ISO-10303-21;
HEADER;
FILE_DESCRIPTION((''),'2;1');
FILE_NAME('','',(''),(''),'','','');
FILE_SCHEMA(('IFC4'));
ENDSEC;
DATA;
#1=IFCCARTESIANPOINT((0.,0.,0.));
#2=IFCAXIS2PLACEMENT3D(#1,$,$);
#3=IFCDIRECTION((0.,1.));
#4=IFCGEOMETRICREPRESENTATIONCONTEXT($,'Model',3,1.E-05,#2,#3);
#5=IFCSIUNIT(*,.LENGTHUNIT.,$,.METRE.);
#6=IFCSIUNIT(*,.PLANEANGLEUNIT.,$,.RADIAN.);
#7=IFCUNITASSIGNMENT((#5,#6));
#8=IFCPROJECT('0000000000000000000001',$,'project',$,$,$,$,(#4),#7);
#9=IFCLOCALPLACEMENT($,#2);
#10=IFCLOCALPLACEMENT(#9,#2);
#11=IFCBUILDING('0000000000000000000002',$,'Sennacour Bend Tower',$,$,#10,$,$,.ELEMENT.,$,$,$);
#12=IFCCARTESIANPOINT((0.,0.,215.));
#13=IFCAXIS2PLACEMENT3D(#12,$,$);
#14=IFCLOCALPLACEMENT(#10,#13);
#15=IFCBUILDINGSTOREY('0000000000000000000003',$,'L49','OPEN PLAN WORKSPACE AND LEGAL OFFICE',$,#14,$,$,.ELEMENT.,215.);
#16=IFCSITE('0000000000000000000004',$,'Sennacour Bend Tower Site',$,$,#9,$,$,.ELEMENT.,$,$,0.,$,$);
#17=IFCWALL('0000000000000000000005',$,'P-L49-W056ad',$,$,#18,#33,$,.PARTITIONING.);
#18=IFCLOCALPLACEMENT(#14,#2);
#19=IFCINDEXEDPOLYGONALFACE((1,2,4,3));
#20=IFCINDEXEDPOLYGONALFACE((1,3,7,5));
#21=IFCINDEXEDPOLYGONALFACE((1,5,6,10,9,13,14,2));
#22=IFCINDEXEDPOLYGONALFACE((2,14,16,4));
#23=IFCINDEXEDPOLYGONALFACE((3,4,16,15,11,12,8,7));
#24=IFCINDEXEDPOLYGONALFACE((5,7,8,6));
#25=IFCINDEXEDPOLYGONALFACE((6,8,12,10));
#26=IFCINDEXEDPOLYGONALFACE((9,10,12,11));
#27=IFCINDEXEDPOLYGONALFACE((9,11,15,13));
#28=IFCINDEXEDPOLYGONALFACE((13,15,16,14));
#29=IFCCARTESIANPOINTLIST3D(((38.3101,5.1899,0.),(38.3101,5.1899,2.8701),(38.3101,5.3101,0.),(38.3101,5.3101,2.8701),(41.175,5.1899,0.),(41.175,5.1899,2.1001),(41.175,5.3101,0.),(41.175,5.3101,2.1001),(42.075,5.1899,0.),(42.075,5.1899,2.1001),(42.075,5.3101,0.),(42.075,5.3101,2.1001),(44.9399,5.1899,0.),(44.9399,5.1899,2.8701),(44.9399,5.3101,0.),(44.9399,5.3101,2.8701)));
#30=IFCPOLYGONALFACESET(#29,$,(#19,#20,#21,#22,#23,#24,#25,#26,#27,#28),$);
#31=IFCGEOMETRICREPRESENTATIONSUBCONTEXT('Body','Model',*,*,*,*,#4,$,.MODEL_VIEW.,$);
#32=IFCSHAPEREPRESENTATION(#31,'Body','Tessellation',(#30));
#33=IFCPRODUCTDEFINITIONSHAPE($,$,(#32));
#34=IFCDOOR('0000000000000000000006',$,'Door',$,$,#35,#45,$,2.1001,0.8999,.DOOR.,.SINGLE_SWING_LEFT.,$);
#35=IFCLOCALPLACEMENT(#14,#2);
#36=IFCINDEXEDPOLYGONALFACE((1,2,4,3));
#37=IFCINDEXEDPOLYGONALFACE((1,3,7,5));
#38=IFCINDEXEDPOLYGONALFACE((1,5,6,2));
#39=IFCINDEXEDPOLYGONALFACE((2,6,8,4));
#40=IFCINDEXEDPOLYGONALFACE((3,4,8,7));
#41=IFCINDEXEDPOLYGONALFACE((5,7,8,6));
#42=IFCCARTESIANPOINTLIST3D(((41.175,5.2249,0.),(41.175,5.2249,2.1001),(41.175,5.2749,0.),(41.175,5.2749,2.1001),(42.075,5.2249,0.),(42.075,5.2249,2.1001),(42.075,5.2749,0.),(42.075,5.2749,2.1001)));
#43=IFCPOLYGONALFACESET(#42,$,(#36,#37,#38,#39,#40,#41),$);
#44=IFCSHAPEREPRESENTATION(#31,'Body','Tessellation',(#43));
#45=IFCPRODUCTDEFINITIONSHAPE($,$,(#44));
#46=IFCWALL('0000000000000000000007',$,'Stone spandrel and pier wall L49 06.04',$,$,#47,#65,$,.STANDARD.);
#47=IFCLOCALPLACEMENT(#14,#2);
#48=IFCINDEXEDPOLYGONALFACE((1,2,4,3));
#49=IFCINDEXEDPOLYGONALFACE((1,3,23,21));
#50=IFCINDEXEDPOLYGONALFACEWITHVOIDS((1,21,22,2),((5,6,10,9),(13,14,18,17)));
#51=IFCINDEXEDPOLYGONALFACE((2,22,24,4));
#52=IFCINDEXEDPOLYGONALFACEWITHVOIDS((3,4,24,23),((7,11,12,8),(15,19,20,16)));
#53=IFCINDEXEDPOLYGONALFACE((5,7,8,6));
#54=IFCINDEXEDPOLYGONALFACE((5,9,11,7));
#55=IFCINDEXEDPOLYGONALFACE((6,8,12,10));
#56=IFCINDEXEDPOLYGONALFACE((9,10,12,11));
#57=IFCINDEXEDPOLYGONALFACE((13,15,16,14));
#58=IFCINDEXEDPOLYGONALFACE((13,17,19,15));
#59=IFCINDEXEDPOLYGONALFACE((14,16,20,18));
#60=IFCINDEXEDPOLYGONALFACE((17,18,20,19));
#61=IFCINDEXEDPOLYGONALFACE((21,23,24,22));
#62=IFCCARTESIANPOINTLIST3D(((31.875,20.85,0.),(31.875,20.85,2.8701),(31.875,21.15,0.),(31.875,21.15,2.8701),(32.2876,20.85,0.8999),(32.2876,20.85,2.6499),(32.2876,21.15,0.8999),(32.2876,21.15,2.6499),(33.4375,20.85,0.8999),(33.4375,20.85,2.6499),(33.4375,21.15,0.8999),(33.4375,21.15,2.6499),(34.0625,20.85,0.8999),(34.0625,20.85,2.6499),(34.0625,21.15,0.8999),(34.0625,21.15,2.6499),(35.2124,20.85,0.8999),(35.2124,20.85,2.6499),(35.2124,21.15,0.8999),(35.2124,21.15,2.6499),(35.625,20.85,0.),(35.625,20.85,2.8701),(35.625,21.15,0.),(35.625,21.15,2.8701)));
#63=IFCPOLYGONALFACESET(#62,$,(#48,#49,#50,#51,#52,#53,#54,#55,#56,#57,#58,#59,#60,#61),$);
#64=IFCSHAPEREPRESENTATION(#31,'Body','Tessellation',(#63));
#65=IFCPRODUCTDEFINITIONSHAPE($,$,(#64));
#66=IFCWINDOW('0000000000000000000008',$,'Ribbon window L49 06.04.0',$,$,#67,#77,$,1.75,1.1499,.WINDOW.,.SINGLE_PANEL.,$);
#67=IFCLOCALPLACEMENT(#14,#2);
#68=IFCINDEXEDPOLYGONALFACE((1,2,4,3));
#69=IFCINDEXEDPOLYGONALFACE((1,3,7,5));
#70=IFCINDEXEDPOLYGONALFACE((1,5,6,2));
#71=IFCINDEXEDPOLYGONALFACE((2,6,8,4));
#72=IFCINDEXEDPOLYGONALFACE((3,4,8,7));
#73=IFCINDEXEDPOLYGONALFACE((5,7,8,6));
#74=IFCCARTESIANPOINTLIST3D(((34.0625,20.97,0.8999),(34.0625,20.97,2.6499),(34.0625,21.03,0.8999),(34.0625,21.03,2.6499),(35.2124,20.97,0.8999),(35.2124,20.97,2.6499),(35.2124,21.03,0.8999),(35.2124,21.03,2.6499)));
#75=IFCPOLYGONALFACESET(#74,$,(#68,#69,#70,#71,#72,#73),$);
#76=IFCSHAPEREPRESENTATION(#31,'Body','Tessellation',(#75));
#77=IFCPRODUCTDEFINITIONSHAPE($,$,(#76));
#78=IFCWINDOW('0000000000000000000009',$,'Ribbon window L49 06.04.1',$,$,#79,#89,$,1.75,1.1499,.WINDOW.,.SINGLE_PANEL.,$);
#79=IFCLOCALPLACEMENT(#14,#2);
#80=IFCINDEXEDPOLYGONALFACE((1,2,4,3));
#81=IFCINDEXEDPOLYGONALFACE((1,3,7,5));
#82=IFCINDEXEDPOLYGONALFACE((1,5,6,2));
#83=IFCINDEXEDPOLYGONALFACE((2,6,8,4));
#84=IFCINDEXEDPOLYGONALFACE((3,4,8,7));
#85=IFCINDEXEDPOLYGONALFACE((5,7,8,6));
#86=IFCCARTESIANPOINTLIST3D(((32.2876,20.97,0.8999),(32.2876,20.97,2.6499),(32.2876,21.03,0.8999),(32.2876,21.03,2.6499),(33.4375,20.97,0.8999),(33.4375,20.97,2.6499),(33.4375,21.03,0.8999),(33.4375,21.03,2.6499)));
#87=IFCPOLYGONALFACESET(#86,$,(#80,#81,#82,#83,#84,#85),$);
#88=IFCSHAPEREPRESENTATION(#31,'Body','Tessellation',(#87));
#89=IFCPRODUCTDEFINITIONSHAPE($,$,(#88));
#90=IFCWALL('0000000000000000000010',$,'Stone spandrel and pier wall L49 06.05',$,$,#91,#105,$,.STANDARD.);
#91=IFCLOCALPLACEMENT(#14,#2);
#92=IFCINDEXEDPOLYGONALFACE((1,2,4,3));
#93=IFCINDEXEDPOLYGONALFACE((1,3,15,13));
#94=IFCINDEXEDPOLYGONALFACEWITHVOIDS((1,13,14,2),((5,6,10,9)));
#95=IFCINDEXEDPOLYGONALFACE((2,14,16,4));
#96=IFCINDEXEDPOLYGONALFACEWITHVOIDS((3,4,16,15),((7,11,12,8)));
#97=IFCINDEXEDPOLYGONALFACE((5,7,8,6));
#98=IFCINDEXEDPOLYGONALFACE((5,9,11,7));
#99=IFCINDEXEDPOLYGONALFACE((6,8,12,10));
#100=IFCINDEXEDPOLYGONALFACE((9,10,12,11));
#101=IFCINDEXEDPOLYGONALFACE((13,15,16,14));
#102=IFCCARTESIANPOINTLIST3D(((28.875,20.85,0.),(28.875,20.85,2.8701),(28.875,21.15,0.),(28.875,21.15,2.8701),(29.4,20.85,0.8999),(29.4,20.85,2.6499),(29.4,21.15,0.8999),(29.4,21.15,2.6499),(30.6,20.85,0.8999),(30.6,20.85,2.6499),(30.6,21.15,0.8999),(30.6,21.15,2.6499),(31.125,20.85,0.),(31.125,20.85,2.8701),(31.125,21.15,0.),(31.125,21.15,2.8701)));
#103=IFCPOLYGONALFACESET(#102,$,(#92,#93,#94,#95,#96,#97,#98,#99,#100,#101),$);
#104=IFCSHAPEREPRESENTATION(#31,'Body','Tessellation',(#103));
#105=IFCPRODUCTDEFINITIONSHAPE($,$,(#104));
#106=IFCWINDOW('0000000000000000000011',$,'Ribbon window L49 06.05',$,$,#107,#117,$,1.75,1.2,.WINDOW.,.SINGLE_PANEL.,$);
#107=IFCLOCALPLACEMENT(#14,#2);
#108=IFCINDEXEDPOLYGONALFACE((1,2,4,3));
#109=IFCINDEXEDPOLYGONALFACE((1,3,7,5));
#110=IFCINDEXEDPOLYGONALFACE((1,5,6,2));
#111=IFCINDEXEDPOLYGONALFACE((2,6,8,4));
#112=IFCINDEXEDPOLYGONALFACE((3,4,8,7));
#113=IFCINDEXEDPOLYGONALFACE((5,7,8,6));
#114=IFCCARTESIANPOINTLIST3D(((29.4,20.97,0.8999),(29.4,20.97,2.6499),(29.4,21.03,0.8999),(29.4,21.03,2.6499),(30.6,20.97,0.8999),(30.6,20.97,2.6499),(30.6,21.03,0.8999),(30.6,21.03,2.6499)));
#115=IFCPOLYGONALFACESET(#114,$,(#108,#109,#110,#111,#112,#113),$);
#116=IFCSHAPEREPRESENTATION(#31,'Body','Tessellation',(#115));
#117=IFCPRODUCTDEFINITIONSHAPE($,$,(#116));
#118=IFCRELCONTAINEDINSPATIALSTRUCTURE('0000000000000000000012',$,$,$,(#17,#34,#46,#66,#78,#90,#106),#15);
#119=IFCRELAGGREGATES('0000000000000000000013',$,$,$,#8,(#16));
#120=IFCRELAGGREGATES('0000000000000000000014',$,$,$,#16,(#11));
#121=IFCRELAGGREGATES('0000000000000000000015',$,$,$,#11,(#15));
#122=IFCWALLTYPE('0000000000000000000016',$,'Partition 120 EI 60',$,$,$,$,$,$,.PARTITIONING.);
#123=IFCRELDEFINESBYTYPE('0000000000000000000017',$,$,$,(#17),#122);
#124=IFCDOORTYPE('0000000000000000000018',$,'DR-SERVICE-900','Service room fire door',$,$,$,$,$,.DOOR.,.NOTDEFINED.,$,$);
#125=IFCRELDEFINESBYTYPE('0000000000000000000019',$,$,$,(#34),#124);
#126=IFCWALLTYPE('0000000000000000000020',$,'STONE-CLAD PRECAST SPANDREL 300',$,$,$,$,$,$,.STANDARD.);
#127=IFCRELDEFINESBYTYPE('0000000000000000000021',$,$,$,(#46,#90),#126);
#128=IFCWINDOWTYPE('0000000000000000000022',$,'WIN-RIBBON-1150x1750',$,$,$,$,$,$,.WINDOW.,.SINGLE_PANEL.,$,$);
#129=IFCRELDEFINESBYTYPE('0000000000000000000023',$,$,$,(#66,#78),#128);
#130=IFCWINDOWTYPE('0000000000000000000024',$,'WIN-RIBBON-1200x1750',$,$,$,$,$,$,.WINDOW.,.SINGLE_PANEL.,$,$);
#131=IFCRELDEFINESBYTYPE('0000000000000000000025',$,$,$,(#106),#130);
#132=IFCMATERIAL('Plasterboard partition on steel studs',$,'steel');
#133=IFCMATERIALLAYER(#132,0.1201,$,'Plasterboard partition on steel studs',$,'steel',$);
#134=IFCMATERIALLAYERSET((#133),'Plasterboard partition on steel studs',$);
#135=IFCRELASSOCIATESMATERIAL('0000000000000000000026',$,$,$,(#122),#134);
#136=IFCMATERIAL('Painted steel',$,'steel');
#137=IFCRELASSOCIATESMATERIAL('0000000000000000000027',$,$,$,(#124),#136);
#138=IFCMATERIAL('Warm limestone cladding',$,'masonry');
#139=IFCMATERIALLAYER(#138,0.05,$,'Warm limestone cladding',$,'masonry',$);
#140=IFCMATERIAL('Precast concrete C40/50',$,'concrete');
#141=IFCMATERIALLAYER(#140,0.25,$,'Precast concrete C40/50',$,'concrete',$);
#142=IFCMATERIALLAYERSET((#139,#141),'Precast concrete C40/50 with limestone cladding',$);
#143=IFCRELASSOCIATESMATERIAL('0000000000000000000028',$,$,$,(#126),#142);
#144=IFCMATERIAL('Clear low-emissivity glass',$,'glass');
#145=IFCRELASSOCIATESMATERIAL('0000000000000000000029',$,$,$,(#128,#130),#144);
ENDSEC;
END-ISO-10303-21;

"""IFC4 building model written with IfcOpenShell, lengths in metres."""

from ifc_helpers import new_model, si_unit, direction, frame, frame_2d, origin, place, context, subcontext, project, spatial, rectangle, extrude, material, layer, layer_set, type_object, element, fill, save


model = new_model("IFC4")

# Units and contexts
model_context = context("Model", 3, precision=1e-05, world=origin(), true_north=direction((0.0, 1.0)))
body_context = subcontext(model_context, "Body", "Model", "MODEL_VIEW")
ifc_project = project(units=[si_unit("LENGTHUNIT", "METRE"), si_unit("PLANEANGLEUNIT", "RADIAN")], contexts=[model_context])

# Site, building, storey
site_placement = place(None, origin())
site = spatial("IfcSite", under=ifc_project, at=site_placement, Name="Sennacour Bend Tower Site", CompositionType="ELEMENT", RefElevation=0.0)
building_placement = place(site_placement, origin())
building = spatial("IfcBuilding", under=site, at=building_placement, Name="Sennacour Bend Tower", CompositionType="ELEMENT")
storey_placement = place(building_placement, frame((0.0, 0.0, 215.0)))
storey = spatial("IfcBuildingStorey", under=building, at=storey_placement, Name="L49", Description="OPEN PLAN WORKSPACE AND LEGAL OFFICE", CompositionType="ELEMENT", Elevation=215.0)

# Shared definitions
ifc_material_1 = material(Name="Plasterboard partition on steel studs", Category="steel")

# Wall, opening, door
ifc_layer_1 = layer(ifc_material_1, 0.1201, Name="Plasterboard partition on steel studs", Category="steel")
ifc_layer_set_1 = layer_set([ifc_layer_1], Name="Plasterboard partition on steel studs")
wall_type_1 = type_object("IfcWallType", Name="Partition 120 EI 60", PredefinedType="PARTITIONING", material=ifc_layer_set_1)
wall_1_placement = place(storey_placement, frame((38.3101, 5.25, 0.0), z_axis=(0.0, 0.0, 1.0), x_axis=(1.0, 0.0, 0.0)))
wall_1 = element("IfcWall", 1, at=wall_1_placement, inside=storey, type_object=wall_type_1, Name="P-L49-W056ad", PredefinedType="PARTITIONING", context=body_context, shape_type="SweptSolid", body=[
    extrude(rectangle(XDim=6.6299, YDim=0.1201, at=frame_2d((3.3149, 0.0))), origin(), (0.0, 0.0, 1.0), 2.8701),
])
opening_1_placement = place(wall_1_placement, frame((2.865, 0.0, 0.0)))
opening_1 = element("IfcOpeningElement", 2, at=opening_1_placement, cuts=wall_1, PredefinedType="OPENING", context=body_context, shape_type="SweptSolid", body=[
    extrude(rectangle(XDim=0.8999, YDim=2.1001, at=frame_2d((0.45, 1.05))), frame((0.0, 0.0701, 0.0), z_axis=(0.0, -1.0, 0.0), x_axis=(1.0, 0.0, 0.0)), (0.0, 0.0, 1.0), 0.1401),
])
ifc_material_2 = material(Name="Painted steel", Category="steel")
door_type_1 = type_object("IfcDoorType", Name="DR-SERVICE-900", Description="Service room fire door", OperationType="NOTDEFINED", PredefinedType="DOOR", material=ifc_material_2)
door_1_placement = place(opening_1_placement, origin())
door_1 = element("IfcDoor", 3, at=door_1_placement, inside=storey, type_object=door_type_1, Name="Door", OperationType="SINGLE_SWING_LEFT", OverallHeight=2.1001, OverallWidth=0.8999, PredefinedType="DOOR", context=body_context, shape_type="SweptSolid", body=[
    extrude(rectangle(XDim=0.8999, YDim=2.1001, at=frame_2d((0.45, 1.05))), frame((0.0, 0.0249, 0.0), z_axis=(0.0, -1.0, 0.0), x_axis=(1.0, 0.0, 0.0)), (0.0, 0.0, 1.0), 0.05),
])
fill(opening_1, door_1)

# Wall, openings, windows
ifc_material_3 = material(Name="Warm limestone cladding", Category="masonry")
ifc_layer_2 = layer(ifc_material_3, 0.05, Name="Warm limestone cladding", Category="masonry")
ifc_material_4 = material(Name="Precast concrete C40/50", Category="concrete")
ifc_layer_3 = layer(ifc_material_4, 0.25, Name="Precast concrete C40/50", Category="concrete")
ifc_layer_set_2 = layer_set([ifc_layer_2, ifc_layer_3], Name="Precast concrete C40/50 with limestone cladding")
wall_type_2 = type_object("IfcWallType", Name="STONE-CLAD PRECAST SPANDREL 300", PredefinedType="STANDARD", material=ifc_layer_set_2)
wall_2_placement = place(storey_placement, frame((35.625, 21.0, 0.0), z_axis=(0.0, 0.0, 1.0), x_axis=(-1.0, 0.0, 0.0)))
wall_2 = element("IfcWall", 4, at=wall_2_placement, inside=storey, type_object=wall_type_2, Name="Stone spandrel and pier wall L49 06.04", PredefinedType="STANDARD", context=body_context, shape_type="SweptSolid", body=[
    extrude(rectangle(XDim=3.75, YDim=0.3, at=frame_2d((1.875, 0.0))), origin(), (0.0, 0.0, 1.0), 2.8701),
])
opening_2_placement = place(wall_2_placement, frame((0.4126, 0.0, 0.8999)))
opening_2 = element("IfcOpeningElement", 5, at=opening_2_placement, cuts=wall_2, PredefinedType="OPENING", context=body_context, shape_type="SweptSolid", body=[
    extrude(rectangle(XDim=1.1499, YDim=1.75, at=frame_2d((0.575, 0.875))), frame((0.0, 0.1602, 0.0), z_axis=(0.0, -1.0, 0.0), x_axis=(1.0, 0.0, 0.0)), (0.0, 0.0, 1.0), 0.3201),
])
opening_3_placement = place(wall_2_placement, frame((2.1875, 0.0, 0.8999)))
opening_3 = element("IfcOpeningElement", 6, at=opening_3_placement, cuts=wall_2, PredefinedType="OPENING", context=body_context, shape_type="SweptSolid", body=[
    extrude(rectangle(XDim=1.1499, YDim=1.75, at=frame_2d((0.575, 0.875))), frame((0.0, 0.1602, 0.0), z_axis=(0.0, -1.0, 0.0), x_axis=(1.0, 0.0, 0.0)), (0.0, 0.0, 1.0), 0.3201),
])
ifc_material_5 = material(Name="Clear low-emissivity glass", Category="glass")
window_type_1 = type_object("IfcWindowType", Name="WIN-RIBBON-1150x1750", PartitioningType="SINGLE_PANEL", PredefinedType="WINDOW", material=ifc_material_5)
window_1_placement = place(opening_2_placement, origin())
window_1 = element("IfcWindow", 7, at=window_1_placement, inside=storey, type_object=window_type_1, Name="Ribbon window L49 06.04.0", OverallHeight=1.75, OverallWidth=1.1499, PartitioningType="SINGLE_PANEL", PredefinedType="WINDOW", context=body_context, shape_type="SweptSolid", body=[
    extrude(rectangle(XDim=1.1499, YDim=1.75, at=frame_2d((0.575, 0.875))), frame((0.0, 0.03, 0.0), z_axis=(0.0, -1.0, 0.0), x_axis=(1.0, 0.0, 0.0)), (0.0, 0.0, 1.0), 0.0601),
])
fill(opening_2, window_1)
window_2_placement = place(opening_3_placement, origin())
window_2 = element("IfcWindow", 8, at=window_2_placement, inside=storey, type_object=window_type_1, Name="Ribbon window L49 06.04.1", OverallHeight=1.75, OverallWidth=1.1499, PartitioningType="SINGLE_PANEL", PredefinedType="WINDOW", context=body_context, shape_type="SweptSolid", body=[
    extrude(rectangle(XDim=1.1499, YDim=1.75, at=frame_2d((0.575, 0.875))), frame((0.0, 0.03, 0.0), z_axis=(0.0, -1.0, 0.0), x_axis=(1.0, 0.0, 0.0)), (0.0, 0.0, 1.0), 0.0601),
])
fill(opening_3, window_2)

# Wall, opening, window
wall_3_placement = place(storey_placement, frame((31.125, 21.0, 0.0), z_axis=(0.0, 0.0, 1.0), x_axis=(-1.0, 0.0, 0.0)))
wall_3 = element("IfcWall", 9, at=wall_3_placement, inside=storey, type_object=wall_type_2, Name="Stone spandrel and pier wall L49 06.05", PredefinedType="STANDARD", context=body_context, shape_type="SweptSolid", body=[
    extrude(rectangle(XDim=2.25, YDim=0.3, at=frame_2d((1.125, 0.0))), origin(), (0.0, 0.0, 1.0), 2.8701),
])
opening_4_placement = place(wall_3_placement, frame((0.5249, 0.0, 0.8999)))
opening_4 = element("IfcOpeningElement", 10, at=opening_4_placement, cuts=wall_3, PredefinedType="OPENING", context=body_context, shape_type="SweptSolid", body=[
    extrude(rectangle(XDim=1.2, YDim=1.75, at=frame_2d((0.6001, 0.875))), frame((0.0, 0.1602, 0.0), z_axis=(0.0, -1.0, 0.0), x_axis=(1.0, 0.0, 0.0)), (0.0, 0.0, 1.0), 0.3201),
])
window_type_2 = type_object("IfcWindowType", Name="WIN-RIBBON-1200x1750", PartitioningType="SINGLE_PANEL", PredefinedType="WINDOW", material=ifc_material_5)
window_3_placement = place(opening_4_placement, origin())
window_3 = element("IfcWindow", 11, at=window_3_placement, inside=storey, type_object=window_type_2, Name="Ribbon window L49 06.05", OverallHeight=1.75, OverallWidth=1.2, PartitioningType="SINGLE_PANEL", PredefinedType="WINDOW", context=body_context, shape_type="SweptSolid", body=[
    extrude(rectangle(XDim=1.2, YDim=1.75, at=frame_2d((0.6001, 0.875))), frame((0.0, 0.03, 0.0), z_axis=(0.0, -1.0, 0.0), x_axis=(1.0, 0.0, 0.0)), (0.0, 0.0, 1.0), 0.0601),
])
fill(opening_4, window_3)

save(model, "model.ifc")
